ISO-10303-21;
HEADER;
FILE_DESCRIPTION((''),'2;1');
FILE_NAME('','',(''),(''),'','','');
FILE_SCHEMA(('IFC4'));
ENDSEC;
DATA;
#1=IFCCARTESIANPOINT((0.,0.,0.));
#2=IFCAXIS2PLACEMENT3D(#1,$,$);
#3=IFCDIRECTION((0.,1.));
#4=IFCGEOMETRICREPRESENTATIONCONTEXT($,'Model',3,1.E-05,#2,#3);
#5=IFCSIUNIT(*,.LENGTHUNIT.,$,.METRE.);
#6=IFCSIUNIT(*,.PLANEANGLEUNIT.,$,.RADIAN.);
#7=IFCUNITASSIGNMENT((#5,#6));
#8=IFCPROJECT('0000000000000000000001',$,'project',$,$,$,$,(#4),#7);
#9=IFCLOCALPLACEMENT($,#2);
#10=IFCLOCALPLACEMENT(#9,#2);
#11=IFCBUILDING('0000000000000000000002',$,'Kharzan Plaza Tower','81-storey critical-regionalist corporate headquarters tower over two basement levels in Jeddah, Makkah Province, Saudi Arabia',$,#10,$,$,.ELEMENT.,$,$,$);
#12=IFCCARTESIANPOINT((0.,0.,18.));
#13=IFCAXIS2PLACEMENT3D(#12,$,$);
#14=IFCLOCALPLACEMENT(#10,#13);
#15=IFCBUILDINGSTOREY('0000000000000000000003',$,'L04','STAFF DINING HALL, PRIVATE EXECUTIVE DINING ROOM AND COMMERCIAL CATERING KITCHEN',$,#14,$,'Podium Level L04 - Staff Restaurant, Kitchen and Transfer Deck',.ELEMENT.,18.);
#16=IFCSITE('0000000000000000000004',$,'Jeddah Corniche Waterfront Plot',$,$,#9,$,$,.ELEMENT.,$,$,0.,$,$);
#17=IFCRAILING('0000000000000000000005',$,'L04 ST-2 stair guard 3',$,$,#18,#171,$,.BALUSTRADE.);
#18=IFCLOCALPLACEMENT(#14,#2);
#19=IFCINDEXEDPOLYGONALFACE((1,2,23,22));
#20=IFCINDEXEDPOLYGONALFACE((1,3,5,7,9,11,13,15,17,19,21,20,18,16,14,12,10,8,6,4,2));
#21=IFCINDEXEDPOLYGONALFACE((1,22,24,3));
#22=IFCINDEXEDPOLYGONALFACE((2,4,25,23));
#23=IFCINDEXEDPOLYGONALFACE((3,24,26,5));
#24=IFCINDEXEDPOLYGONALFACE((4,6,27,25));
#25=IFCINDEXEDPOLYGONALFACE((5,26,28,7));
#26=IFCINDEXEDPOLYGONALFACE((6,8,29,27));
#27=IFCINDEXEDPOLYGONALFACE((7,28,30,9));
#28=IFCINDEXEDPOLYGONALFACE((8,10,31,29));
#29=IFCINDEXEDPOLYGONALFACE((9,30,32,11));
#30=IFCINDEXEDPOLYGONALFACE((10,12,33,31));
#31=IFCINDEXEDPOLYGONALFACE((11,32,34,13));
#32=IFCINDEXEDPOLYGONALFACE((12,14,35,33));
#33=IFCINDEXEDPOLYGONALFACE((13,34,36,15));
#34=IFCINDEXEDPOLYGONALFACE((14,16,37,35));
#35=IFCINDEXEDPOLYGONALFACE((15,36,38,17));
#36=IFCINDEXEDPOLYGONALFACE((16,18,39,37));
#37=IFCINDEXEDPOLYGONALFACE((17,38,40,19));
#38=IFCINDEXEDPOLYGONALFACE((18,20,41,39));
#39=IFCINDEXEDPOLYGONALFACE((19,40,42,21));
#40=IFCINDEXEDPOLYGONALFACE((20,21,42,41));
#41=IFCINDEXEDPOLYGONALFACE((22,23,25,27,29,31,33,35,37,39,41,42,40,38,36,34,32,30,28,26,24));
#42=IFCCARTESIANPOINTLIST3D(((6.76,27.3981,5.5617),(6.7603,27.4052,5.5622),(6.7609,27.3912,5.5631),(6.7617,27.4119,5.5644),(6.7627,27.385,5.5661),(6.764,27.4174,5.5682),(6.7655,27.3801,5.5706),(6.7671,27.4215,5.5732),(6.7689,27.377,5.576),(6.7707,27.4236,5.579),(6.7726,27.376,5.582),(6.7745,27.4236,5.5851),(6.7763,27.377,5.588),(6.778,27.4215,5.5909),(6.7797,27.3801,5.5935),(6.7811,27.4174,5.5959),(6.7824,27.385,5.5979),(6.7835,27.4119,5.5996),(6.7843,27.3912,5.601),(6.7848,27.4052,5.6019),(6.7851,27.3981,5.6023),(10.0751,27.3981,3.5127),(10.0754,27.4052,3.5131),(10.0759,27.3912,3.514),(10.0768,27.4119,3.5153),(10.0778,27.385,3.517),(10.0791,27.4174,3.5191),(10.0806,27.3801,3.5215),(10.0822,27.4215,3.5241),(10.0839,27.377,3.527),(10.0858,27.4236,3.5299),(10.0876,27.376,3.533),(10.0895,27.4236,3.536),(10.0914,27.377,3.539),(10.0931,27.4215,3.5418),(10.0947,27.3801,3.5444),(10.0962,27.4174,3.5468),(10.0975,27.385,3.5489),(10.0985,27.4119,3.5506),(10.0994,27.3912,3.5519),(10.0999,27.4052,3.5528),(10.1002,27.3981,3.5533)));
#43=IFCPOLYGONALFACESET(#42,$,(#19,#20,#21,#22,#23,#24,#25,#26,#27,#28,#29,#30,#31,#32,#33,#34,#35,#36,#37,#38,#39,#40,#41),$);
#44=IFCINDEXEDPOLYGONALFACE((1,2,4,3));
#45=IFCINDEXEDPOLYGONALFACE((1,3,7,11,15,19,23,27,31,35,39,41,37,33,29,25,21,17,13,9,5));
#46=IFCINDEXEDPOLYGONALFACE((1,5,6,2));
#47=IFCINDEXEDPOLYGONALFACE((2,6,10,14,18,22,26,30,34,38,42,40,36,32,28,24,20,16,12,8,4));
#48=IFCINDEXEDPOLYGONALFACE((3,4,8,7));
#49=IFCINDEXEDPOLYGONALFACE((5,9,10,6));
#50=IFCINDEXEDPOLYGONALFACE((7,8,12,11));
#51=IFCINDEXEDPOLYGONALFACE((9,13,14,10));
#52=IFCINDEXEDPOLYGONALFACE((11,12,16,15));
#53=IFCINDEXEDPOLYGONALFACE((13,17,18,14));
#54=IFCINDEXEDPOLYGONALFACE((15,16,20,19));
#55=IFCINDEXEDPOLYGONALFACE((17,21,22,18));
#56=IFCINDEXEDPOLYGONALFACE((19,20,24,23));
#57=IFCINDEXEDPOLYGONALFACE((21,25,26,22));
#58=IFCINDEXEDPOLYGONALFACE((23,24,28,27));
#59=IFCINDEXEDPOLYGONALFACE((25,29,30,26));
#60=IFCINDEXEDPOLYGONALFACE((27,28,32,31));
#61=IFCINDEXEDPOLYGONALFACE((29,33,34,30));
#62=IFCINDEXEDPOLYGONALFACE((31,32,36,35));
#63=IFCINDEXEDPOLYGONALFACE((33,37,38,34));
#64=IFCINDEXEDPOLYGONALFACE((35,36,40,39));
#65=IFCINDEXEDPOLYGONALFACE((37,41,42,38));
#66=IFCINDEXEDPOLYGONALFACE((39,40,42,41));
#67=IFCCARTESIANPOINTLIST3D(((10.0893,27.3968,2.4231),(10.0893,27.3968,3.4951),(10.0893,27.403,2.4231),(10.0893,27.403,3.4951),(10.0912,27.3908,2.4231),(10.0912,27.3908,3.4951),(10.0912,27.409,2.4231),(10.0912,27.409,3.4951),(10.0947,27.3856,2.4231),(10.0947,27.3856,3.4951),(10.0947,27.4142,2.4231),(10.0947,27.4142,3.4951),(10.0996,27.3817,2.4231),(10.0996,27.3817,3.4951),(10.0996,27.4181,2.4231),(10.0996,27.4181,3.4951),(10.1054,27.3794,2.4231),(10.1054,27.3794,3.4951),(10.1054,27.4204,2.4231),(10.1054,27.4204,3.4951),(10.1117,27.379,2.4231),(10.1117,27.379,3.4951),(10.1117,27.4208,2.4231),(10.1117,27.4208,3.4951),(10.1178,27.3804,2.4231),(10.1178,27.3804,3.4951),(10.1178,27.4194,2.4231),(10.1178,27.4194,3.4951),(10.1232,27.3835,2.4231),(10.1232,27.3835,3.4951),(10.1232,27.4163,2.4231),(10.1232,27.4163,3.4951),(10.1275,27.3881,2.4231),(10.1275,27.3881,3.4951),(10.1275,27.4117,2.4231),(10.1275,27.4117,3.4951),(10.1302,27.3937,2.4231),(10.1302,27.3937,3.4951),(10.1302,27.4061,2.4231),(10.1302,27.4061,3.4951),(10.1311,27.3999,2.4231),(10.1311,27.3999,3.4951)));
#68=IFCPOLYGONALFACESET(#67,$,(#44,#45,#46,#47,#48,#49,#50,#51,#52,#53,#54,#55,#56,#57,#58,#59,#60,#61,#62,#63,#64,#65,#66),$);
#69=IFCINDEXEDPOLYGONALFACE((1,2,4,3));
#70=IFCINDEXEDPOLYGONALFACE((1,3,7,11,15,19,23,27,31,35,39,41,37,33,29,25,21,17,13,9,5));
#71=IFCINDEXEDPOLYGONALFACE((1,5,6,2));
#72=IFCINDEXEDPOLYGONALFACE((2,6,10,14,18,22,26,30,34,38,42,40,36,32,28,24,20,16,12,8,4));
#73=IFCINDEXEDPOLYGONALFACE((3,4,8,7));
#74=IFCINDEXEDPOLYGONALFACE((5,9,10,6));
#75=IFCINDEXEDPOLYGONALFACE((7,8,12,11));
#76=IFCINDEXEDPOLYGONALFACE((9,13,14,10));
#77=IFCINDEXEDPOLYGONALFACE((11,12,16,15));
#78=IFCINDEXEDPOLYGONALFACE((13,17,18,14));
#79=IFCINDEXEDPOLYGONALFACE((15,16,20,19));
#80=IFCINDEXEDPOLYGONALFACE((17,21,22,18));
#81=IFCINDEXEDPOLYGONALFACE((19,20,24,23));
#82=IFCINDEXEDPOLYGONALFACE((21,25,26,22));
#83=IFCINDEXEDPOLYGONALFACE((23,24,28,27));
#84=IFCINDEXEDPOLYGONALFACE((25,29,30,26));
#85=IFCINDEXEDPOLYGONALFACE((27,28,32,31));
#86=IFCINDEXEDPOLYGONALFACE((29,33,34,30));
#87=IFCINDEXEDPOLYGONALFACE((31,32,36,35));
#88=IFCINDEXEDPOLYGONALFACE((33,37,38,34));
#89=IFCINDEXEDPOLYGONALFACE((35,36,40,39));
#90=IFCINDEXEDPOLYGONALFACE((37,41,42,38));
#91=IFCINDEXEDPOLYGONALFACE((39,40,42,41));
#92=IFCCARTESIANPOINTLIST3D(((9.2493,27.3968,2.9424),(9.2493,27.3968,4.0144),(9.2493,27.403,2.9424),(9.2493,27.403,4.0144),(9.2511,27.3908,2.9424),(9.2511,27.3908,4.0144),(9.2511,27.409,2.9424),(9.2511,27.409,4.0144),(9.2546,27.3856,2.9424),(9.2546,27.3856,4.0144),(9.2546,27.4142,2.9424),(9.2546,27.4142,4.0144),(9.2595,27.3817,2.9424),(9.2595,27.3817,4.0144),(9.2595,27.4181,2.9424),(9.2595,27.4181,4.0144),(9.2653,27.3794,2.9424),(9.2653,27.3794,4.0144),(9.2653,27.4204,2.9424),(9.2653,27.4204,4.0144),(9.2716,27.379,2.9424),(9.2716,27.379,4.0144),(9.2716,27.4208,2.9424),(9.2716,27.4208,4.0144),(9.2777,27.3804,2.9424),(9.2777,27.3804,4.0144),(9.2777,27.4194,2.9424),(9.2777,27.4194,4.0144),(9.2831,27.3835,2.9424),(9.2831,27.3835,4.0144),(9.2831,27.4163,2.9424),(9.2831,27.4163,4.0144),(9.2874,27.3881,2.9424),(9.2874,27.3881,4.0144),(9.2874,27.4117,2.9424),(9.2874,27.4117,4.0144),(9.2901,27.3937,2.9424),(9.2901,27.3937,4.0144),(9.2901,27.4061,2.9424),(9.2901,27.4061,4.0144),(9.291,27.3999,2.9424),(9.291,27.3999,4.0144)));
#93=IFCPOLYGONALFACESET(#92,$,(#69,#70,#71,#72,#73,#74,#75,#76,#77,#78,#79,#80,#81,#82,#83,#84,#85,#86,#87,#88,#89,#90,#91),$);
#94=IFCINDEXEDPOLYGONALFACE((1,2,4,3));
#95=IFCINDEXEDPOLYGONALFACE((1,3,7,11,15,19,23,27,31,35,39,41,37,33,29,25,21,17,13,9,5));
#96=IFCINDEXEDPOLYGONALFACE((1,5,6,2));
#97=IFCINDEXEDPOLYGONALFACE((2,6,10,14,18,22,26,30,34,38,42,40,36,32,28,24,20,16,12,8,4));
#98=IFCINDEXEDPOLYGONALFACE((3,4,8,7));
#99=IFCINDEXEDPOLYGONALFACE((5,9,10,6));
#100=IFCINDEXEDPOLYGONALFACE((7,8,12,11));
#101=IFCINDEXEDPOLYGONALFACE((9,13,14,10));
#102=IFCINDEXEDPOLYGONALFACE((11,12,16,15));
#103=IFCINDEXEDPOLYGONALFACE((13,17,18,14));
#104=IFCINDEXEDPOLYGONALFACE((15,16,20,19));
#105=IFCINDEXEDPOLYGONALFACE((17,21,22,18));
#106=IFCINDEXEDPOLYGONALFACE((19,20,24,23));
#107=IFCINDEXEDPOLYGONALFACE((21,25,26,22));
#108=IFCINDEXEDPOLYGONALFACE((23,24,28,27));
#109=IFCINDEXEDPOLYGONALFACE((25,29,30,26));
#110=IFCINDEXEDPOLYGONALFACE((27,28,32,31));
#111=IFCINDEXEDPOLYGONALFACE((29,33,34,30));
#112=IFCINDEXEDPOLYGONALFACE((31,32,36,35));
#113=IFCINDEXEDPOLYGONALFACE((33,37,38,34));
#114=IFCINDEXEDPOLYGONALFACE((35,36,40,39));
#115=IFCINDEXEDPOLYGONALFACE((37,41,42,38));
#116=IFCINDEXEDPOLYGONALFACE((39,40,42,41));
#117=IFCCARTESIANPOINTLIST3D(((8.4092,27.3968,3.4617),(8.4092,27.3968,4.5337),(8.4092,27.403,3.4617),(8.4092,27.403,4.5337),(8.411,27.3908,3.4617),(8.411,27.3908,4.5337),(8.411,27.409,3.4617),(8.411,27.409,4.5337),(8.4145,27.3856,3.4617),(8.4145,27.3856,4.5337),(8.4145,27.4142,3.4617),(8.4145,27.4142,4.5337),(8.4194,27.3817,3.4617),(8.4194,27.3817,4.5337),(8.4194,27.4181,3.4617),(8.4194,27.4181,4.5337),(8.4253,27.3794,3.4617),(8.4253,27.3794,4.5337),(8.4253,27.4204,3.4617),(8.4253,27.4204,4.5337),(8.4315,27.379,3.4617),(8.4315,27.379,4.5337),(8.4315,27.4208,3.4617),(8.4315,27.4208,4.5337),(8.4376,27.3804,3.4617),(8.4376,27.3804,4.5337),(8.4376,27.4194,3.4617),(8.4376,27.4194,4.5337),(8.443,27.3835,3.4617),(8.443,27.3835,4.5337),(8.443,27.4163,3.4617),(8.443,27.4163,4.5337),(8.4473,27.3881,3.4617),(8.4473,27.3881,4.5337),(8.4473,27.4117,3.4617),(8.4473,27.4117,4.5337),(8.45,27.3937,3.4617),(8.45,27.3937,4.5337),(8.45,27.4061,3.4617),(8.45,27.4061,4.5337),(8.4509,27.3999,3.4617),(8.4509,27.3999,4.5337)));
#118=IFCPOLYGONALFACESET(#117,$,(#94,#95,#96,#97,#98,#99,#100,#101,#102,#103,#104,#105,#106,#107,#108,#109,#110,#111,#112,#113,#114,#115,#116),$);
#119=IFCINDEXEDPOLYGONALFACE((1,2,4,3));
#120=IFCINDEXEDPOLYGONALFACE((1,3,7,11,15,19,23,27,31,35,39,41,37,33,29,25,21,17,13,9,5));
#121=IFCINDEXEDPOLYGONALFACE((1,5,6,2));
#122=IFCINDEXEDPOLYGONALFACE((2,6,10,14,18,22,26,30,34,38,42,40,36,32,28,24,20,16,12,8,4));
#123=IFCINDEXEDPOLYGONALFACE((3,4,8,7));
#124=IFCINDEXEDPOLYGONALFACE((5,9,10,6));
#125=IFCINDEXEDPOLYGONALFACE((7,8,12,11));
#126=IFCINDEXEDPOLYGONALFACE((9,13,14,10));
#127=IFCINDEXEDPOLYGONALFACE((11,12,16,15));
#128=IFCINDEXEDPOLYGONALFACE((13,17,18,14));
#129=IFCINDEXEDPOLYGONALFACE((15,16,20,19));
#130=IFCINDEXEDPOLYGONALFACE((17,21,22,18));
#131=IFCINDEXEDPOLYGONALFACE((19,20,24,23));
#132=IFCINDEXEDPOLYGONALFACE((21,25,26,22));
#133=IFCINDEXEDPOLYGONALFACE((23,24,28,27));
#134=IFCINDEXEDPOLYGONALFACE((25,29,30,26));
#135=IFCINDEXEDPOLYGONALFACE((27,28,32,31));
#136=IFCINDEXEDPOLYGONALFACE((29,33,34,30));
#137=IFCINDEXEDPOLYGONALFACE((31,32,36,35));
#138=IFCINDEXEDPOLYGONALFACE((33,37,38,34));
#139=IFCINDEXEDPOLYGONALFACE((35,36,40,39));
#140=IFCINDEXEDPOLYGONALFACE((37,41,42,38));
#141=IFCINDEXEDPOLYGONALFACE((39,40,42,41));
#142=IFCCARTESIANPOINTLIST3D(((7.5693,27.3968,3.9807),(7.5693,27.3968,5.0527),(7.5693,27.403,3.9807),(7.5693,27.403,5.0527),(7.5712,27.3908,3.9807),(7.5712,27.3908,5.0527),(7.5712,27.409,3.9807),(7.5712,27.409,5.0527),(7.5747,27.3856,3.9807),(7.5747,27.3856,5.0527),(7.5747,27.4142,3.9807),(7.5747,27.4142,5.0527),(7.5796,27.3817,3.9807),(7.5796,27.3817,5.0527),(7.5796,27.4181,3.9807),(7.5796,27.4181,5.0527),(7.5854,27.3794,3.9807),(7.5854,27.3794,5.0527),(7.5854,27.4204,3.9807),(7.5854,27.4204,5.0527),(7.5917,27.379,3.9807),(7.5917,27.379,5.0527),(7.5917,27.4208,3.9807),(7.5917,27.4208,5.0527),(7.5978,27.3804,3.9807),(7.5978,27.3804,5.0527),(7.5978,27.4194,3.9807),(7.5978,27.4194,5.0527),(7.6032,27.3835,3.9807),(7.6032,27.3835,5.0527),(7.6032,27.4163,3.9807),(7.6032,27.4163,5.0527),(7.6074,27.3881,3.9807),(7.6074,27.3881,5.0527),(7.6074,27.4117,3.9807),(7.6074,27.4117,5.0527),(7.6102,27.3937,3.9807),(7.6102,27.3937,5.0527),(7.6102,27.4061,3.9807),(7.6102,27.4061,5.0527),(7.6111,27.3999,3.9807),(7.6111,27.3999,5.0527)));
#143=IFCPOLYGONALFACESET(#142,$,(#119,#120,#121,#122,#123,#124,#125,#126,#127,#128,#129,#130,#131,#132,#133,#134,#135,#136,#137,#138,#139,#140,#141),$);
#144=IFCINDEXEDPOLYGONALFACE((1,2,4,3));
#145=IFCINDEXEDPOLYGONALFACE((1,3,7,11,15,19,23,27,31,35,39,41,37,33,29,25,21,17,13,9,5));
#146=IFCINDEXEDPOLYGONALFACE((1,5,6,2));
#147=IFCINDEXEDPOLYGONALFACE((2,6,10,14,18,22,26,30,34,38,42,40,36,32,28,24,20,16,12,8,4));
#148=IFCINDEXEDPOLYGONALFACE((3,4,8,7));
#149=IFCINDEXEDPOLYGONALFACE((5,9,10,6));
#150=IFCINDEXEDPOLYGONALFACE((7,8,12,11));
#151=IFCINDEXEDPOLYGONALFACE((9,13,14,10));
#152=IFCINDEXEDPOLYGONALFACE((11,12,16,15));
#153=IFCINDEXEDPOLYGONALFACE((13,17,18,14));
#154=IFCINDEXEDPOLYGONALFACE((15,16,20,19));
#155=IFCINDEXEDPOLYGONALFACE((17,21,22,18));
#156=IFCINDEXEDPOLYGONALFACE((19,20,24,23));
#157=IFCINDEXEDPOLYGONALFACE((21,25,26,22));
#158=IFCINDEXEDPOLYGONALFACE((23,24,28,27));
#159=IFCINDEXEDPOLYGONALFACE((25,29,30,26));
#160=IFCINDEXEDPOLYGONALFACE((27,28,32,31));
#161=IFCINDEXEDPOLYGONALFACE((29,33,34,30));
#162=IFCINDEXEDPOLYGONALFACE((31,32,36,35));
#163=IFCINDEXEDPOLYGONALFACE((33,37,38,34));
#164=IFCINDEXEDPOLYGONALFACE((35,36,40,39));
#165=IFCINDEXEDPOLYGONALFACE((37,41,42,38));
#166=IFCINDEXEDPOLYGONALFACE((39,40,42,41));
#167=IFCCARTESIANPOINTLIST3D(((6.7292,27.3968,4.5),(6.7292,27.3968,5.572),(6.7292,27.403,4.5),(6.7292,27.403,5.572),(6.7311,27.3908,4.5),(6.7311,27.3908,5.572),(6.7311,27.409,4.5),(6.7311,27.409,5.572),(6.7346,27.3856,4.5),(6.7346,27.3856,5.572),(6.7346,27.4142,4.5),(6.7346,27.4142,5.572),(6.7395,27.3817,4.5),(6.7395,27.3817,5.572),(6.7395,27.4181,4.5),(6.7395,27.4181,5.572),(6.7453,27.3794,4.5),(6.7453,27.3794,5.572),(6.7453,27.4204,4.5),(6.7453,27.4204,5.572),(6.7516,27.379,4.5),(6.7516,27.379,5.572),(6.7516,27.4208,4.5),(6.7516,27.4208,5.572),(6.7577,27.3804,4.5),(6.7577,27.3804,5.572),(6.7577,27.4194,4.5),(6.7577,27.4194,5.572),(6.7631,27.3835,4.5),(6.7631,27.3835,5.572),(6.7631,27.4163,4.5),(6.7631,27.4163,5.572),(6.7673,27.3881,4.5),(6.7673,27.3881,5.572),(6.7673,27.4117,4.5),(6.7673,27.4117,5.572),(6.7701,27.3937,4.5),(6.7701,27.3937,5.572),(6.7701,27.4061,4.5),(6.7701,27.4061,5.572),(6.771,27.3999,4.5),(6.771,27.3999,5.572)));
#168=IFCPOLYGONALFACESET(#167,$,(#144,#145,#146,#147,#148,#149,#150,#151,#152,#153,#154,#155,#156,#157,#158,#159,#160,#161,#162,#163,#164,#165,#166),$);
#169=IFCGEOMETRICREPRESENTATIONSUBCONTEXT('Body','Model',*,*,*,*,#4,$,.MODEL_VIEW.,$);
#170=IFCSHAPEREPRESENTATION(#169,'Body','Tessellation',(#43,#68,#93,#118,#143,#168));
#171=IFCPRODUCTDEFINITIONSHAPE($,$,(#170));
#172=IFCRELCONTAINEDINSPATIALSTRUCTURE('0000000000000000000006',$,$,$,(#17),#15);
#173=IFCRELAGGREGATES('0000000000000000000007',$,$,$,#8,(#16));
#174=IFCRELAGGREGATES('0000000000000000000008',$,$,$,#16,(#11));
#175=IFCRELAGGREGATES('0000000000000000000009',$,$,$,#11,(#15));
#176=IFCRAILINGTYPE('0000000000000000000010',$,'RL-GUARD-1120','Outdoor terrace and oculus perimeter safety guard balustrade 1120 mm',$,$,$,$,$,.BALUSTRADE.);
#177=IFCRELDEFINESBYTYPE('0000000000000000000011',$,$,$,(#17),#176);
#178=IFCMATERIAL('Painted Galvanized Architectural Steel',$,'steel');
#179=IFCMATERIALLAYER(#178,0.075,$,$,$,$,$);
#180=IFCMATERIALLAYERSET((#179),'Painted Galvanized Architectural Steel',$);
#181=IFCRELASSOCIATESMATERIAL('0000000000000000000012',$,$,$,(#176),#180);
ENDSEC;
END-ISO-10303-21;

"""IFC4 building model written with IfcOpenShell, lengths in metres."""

from ifc_helpers import new_model, si_unit, direction, frame, origin, origin_2d, place, context, subcontext, project, spatial, circle, extrude, source, transform, mapped, material, layer, layer_set, type_object, element, save


model = new_model("IFC4")

# Units and contexts
model_context = context("Model", 3, precision=1e-05, world=origin(), true_north=direction((0.0, 1.0)))
body_context = subcontext(model_context, "Body", "Model", "MODEL_VIEW")
ifc_project = project(units=[si_unit("LENGTHUNIT", "METRE"), si_unit("PLANEANGLEUNIT", "RADIAN")], contexts=[model_context])

# Site, building, storey
site_placement = place(None, origin())
site = spatial("IfcSite", under=ifc_project, at=site_placement, Name="Jeddah Corniche Waterfront Plot", CompositionType="ELEMENT", RefElevation=0.0)
building_placement = place(site_placement, origin())
building = spatial("IfcBuilding", under=site, at=building_placement, Name="Kharzan Plaza Tower", Description="81-storey critical-regionalist corporate headquarters tower over two basement levels in Jeddah, Makkah Province, Saudi Arabia", CompositionType="ELEMENT")
storey_placement = place(building_placement, frame((0.0, 0.0, 18.0)))
storey = spatial("IfcBuildingStorey", under=building, at=storey_placement, Name="L04", Description="STAFF DINING HALL, PRIVATE EXECUTIVE DINING ROOM AND COMMERCIAL CATERING KITCHEN", LongName="Podium Level L04 - Staff Restaurant, Kitchen and Transfer Deck", CompositionType="ELEMENT", Elevation=18.0)

# Railing
ifc_material_1 = material(Name="Painted Galvanized Architectural Steel", Category="steel")
ifc_layer_1 = layer(ifc_material_1, 0.075)
ifc_layer_set_1 = layer_set([ifc_layer_1], Name="Painted Galvanized Architectural Steel")
railing_type_1 = type_object("IfcRailingType", Name="RL-GUARD-1120", Description="Outdoor terrace and oculus perimeter safety guard balustrade 1120 mm", PredefinedType="BALUSTRADE", material=ifc_layer_set_1)
shared_shape_1 = source(origin(), body_context, "Body", "SweptSolid", [
    extrude(circle(Radius=0.0239, at=origin_2d()), frame((-0.0225, 0.0, 1.1099), z_axis=(-0.850623, 0.0, 0.525776), x_axis=(0.0, -1.0, 0.0)), (0.0, 0.0, 1.0), 3.8972),
    extrude(circle(Radius=0.021, at=origin_2d()), origin(), (0.0, 0.0, 1.0), 1.072),
    extrude(circle(Radius=0.021, at=origin_2d()), frame((-0.8401, 0.0, 0.5193)), (0.0, 0.0, 1.0), 1.072),
    extrude(circle(Radius=0.021, at=origin_2d()), frame((-1.6802, 0.0, 1.0386)), (0.0, 0.0, 1.0), 1.072),
    extrude(circle(Radius=0.021, at=origin_2d()), frame((-2.52, 0.0, 1.5576)), (0.0, 0.0, 1.0), 1.072),
    extrude(circle(Radius=0.021, at=origin_2d()), frame((-3.3601, 0.0, 2.0769)), (0.0, 0.0, 1.0), 1.072),
])
railing_1_placement = place(storey_placement, frame((10.1101, 27.3999, 2.4231)))
element("IfcRailing", 1, at=railing_1_placement, inside=storey, type_object=railing_type_1, Name="L04 ST-2 stair guard 3", PredefinedType="BALUSTRADE", context=body_context, shape_type="MappedRepresentation", body=[
    mapped(shared_shape_1, transform((0.0, 0.0, 0.0), x_axis=(1.0, 0.0, 0.0), y_axis=(0.0, 1.0, 0.0), z_axis=(0.0, 0.0, 1.0))),
])

save(model, "model.ifc")
